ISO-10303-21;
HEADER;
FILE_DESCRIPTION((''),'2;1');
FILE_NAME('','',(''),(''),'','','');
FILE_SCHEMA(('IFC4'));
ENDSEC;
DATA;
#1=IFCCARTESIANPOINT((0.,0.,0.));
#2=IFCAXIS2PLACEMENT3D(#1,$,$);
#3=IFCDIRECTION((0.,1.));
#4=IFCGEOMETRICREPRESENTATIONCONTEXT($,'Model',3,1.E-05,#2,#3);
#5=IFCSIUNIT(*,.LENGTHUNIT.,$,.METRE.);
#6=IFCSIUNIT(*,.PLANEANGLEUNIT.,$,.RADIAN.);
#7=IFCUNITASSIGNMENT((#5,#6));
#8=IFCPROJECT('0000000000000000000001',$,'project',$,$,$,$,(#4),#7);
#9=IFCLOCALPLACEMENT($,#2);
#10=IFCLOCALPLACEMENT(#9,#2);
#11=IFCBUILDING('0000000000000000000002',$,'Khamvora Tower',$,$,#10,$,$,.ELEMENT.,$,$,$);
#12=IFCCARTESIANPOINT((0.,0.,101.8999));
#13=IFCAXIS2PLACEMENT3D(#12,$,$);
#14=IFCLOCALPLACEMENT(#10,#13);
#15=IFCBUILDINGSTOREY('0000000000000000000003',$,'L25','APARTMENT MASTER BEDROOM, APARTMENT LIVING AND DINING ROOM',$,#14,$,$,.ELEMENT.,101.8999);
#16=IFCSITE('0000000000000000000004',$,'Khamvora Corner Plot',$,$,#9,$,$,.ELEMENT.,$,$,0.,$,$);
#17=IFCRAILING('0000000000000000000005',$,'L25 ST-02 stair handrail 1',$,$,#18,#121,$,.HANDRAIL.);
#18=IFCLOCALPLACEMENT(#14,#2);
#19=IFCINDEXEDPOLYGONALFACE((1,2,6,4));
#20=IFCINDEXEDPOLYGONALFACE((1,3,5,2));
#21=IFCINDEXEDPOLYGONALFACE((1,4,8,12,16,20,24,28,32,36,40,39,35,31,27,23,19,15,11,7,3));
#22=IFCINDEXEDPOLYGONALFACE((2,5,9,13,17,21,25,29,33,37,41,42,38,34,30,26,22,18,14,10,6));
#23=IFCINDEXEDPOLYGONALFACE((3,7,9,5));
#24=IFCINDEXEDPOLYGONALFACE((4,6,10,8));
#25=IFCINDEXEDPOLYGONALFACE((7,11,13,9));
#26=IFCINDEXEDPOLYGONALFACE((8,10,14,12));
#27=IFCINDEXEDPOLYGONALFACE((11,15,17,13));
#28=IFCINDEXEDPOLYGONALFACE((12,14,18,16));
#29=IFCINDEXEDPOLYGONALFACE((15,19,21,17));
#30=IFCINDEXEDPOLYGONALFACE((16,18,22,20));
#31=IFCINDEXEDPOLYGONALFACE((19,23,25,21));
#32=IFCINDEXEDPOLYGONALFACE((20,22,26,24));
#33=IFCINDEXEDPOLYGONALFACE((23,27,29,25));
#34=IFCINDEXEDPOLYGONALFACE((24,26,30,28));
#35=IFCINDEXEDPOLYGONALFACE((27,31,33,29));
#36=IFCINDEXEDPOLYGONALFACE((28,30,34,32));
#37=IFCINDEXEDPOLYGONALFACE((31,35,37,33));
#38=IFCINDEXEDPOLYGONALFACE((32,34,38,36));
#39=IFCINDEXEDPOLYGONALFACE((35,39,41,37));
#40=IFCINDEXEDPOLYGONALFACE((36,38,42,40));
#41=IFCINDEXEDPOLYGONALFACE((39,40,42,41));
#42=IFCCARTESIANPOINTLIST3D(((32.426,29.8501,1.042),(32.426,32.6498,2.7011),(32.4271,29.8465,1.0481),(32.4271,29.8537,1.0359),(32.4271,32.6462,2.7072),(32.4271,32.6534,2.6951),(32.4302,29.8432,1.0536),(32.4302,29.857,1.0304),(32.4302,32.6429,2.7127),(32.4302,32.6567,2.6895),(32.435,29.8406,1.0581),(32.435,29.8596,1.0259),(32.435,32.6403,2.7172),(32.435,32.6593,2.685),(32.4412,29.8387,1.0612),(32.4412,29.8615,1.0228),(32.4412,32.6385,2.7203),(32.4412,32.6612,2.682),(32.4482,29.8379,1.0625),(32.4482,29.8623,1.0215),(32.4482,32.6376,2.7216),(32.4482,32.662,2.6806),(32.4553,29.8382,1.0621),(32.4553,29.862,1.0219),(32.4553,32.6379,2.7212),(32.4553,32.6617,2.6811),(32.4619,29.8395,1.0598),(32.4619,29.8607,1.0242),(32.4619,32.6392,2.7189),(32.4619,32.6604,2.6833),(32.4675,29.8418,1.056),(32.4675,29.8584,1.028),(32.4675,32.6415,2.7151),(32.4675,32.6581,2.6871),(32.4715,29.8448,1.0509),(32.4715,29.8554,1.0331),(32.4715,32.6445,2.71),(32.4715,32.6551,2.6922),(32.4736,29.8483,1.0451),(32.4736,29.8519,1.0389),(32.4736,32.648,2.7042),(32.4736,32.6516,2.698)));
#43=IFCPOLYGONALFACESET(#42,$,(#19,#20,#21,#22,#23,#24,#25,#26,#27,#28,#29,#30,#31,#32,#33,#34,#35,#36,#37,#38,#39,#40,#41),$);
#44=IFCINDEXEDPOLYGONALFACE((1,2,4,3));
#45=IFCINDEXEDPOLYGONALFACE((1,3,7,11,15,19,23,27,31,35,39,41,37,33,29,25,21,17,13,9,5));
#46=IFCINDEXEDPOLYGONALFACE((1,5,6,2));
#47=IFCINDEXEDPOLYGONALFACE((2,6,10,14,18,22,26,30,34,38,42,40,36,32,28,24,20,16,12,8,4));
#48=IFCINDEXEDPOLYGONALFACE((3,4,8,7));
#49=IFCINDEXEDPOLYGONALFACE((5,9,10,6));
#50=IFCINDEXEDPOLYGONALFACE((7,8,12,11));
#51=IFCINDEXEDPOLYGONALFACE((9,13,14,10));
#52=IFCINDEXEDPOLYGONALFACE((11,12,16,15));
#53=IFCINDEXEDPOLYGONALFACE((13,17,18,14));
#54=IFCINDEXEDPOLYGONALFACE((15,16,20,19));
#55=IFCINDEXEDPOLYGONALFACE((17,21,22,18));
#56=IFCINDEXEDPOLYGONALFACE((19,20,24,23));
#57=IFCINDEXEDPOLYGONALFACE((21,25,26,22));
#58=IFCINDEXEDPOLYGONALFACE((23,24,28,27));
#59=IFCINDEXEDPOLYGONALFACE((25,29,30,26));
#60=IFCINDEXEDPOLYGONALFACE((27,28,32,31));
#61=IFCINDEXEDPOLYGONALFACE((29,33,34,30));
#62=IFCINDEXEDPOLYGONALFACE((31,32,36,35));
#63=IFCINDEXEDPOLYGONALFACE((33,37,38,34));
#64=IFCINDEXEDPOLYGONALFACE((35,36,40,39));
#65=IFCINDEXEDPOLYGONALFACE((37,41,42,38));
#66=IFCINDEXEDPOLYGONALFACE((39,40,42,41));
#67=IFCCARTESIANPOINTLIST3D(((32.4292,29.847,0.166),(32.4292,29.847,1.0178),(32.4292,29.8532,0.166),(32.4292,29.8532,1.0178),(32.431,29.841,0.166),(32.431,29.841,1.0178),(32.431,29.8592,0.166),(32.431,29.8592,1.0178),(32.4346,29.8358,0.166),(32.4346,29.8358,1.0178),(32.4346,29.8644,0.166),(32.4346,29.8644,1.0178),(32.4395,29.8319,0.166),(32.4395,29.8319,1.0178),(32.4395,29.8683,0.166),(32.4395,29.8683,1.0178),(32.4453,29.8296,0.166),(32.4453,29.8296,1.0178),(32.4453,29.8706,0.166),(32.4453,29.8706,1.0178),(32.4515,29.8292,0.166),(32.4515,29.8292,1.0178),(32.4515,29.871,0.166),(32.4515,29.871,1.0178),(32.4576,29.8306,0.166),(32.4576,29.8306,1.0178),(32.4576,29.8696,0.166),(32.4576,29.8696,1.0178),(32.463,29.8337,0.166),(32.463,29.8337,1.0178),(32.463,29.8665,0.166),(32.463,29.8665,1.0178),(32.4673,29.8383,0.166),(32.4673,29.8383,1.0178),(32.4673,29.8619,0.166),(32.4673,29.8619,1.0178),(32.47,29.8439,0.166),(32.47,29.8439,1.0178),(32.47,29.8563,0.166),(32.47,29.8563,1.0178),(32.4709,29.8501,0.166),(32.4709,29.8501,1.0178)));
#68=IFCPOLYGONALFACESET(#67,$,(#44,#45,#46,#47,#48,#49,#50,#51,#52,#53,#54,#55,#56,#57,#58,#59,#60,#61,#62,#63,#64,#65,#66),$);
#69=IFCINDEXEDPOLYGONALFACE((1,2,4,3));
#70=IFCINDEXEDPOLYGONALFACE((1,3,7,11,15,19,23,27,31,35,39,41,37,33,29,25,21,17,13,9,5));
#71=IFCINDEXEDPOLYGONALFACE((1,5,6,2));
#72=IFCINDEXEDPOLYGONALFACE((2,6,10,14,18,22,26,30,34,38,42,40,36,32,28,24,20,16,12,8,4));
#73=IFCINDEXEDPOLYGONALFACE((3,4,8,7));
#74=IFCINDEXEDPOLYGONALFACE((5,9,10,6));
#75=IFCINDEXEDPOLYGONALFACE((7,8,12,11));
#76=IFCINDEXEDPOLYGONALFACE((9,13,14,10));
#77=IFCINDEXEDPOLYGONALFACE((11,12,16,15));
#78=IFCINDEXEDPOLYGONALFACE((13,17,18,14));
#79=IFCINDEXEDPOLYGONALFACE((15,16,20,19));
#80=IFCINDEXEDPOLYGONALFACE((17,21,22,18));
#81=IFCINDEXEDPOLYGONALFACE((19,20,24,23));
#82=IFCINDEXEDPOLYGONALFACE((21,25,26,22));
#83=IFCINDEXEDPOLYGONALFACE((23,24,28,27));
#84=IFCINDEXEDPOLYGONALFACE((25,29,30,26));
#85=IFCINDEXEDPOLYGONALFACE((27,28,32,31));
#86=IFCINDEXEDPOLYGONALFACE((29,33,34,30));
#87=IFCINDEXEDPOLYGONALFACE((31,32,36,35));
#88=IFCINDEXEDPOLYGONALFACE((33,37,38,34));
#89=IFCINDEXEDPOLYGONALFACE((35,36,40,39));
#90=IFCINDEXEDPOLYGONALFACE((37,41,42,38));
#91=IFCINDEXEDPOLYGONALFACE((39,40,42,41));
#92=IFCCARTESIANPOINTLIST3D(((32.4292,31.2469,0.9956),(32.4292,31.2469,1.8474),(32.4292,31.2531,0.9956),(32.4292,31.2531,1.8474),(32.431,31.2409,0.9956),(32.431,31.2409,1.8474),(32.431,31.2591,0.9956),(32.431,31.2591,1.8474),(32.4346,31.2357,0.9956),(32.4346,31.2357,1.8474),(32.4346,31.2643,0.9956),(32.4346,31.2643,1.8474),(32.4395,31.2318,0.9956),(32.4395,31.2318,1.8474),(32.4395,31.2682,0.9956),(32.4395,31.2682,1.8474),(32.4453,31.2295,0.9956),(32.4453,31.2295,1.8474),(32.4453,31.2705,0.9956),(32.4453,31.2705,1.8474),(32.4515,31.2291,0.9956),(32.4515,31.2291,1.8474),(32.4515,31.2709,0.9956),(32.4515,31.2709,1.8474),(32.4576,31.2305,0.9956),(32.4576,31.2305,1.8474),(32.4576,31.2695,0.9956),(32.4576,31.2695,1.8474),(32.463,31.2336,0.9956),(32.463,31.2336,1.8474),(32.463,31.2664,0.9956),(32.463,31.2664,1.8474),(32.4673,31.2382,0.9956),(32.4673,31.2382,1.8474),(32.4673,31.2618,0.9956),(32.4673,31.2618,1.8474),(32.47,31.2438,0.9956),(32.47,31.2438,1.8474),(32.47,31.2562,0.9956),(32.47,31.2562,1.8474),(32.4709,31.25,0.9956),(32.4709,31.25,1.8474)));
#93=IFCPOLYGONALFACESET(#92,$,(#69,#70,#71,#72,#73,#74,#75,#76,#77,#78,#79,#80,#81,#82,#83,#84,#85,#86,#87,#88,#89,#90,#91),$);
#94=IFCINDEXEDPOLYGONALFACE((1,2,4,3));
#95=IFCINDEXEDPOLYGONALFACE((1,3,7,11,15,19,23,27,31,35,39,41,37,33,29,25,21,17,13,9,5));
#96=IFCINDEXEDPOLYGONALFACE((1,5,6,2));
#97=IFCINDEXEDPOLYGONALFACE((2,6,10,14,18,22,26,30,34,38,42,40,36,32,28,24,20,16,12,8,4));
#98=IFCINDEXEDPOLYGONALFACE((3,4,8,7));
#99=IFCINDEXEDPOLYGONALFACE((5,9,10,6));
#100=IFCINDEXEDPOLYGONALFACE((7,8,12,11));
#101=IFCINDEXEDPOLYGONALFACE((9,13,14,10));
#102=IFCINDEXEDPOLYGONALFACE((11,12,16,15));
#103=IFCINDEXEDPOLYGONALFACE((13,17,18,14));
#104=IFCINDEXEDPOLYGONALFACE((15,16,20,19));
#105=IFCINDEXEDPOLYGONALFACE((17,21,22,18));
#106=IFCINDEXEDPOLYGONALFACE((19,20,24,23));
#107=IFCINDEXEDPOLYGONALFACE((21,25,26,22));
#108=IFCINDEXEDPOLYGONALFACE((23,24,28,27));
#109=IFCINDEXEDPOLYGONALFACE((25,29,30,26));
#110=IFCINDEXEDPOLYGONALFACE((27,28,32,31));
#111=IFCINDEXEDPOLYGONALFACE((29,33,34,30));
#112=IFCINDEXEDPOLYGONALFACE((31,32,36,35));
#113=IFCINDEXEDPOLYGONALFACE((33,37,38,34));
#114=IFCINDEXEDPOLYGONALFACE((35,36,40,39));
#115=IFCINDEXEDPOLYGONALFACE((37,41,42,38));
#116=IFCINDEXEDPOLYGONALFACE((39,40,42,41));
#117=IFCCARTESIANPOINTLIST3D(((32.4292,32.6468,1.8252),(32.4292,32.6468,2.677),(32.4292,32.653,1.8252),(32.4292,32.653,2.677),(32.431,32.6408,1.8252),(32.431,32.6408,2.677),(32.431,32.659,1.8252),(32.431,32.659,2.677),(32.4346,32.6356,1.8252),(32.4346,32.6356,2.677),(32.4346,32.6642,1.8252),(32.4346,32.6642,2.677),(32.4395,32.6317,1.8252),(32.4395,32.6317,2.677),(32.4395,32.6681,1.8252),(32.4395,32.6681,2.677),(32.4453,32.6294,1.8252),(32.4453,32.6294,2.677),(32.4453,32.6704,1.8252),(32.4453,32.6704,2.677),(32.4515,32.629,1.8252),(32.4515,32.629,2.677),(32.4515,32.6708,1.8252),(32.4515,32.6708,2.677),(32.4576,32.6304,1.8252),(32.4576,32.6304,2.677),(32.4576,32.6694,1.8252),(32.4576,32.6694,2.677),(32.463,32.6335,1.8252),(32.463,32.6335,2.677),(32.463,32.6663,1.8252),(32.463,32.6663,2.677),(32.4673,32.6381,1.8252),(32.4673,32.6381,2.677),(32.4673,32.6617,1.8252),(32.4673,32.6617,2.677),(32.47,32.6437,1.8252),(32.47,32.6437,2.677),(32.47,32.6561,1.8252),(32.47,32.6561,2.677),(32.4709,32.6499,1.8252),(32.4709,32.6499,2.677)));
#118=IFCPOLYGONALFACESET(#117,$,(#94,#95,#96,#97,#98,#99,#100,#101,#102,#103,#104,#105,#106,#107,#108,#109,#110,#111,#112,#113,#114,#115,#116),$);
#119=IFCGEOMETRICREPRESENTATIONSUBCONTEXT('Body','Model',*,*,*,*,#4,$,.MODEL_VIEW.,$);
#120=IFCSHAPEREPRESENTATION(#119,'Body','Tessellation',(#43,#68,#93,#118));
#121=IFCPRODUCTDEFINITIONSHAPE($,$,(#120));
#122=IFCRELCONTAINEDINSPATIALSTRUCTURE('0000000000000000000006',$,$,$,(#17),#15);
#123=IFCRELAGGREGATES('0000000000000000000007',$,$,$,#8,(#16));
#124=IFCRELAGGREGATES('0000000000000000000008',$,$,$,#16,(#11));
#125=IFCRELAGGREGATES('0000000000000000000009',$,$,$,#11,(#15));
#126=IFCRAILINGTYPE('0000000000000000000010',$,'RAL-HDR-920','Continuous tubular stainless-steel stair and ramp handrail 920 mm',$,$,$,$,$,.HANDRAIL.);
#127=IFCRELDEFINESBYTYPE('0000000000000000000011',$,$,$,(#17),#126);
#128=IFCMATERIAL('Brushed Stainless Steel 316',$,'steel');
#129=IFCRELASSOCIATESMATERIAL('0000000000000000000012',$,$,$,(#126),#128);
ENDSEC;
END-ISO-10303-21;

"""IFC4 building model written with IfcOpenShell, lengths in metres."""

from ifc_helpers import new_model, si_unit, direction, frame, origin, origin_2d, place, context, subcontext, project, spatial, circle, extrude, material, type_object, element, save


model = new_model("IFC4")

# Units and contexts
model_context = context("Model", 3, precision=1e-05, world=origin(), true_north=direction((0.0, 1.0)))
body_context = subcontext(model_context, "Body", "Model", "MODEL_VIEW")
ifc_project = project(units=[si_unit("LENGTHUNIT", "METRE"), si_unit("PLANEANGLEUNIT", "RADIAN")], contexts=[model_context])

# Site, building, storey
site_placement = place(None, origin())
site = spatial("IfcSite", under=ifc_project, at=site_placement, Name="Khamvora Corner Plot", CompositionType="ELEMENT", RefElevation=0.0)
building_placement = place(site_placement, origin())
building = spatial("IfcBuilding", under=site, at=building_placement, Name="Khamvora Tower", CompositionType="ELEMENT")
storey_placement = place(building_placement, frame((0.0, 0.0, 101.8999)))
storey = spatial("IfcBuildingStorey", under=building, at=storey_placement, Name="L25", Description="APARTMENT MASTER BEDROOM, APARTMENT LIVING AND DINING ROOM", CompositionType="ELEMENT", Elevation=101.8999)

# Railing
ifc_material_1 = material(Name="Brushed Stainless Steel 316", Category="steel")
railing_type = type_object("IfcRailingType", Name="RAL-HDR-920", Description="Continuous tubular stainless-steel stair and ramp handrail 920 mm", PredefinedType="HANDRAIL", material=ifc_material_1)
railing_placement = place(storey_placement, frame((32.45, 29.8501, 0.166)))
element("IfcRailing", 1, at=railing_placement, inside=storey, type_object=railing_type, Name="L25 ST-02 stair handrail 1", PredefinedType="HANDRAIL", context=body_context, shape_type="SweptSolid", body=[
    extrude(circle(Radius=0.0239, at=origin_2d()), frame((0.0, 0.0, 0.876), z_axis=(0.0, 0.860287, 0.509811), x_axis=(-1.0, 0.0, 0.0)), (0.0, 0.0, 1.0), 3.2544),
    extrude(circle(Radius=0.021, at=origin_2d()), origin(), (0.0, 0.0, 1.0), 0.8518),
    extrude(circle(Radius=0.021, at=origin_2d()), frame((0.0, 1.3999, 0.8296)), (0.0, 0.0, 1.0), 0.8518),
    extrude(circle(Radius=0.021, at=origin_2d()), frame((0.0, 2.7998, 1.6592)), (0.0, 0.0, 1.0), 0.8518),
])

save(model, "model.ifc")
